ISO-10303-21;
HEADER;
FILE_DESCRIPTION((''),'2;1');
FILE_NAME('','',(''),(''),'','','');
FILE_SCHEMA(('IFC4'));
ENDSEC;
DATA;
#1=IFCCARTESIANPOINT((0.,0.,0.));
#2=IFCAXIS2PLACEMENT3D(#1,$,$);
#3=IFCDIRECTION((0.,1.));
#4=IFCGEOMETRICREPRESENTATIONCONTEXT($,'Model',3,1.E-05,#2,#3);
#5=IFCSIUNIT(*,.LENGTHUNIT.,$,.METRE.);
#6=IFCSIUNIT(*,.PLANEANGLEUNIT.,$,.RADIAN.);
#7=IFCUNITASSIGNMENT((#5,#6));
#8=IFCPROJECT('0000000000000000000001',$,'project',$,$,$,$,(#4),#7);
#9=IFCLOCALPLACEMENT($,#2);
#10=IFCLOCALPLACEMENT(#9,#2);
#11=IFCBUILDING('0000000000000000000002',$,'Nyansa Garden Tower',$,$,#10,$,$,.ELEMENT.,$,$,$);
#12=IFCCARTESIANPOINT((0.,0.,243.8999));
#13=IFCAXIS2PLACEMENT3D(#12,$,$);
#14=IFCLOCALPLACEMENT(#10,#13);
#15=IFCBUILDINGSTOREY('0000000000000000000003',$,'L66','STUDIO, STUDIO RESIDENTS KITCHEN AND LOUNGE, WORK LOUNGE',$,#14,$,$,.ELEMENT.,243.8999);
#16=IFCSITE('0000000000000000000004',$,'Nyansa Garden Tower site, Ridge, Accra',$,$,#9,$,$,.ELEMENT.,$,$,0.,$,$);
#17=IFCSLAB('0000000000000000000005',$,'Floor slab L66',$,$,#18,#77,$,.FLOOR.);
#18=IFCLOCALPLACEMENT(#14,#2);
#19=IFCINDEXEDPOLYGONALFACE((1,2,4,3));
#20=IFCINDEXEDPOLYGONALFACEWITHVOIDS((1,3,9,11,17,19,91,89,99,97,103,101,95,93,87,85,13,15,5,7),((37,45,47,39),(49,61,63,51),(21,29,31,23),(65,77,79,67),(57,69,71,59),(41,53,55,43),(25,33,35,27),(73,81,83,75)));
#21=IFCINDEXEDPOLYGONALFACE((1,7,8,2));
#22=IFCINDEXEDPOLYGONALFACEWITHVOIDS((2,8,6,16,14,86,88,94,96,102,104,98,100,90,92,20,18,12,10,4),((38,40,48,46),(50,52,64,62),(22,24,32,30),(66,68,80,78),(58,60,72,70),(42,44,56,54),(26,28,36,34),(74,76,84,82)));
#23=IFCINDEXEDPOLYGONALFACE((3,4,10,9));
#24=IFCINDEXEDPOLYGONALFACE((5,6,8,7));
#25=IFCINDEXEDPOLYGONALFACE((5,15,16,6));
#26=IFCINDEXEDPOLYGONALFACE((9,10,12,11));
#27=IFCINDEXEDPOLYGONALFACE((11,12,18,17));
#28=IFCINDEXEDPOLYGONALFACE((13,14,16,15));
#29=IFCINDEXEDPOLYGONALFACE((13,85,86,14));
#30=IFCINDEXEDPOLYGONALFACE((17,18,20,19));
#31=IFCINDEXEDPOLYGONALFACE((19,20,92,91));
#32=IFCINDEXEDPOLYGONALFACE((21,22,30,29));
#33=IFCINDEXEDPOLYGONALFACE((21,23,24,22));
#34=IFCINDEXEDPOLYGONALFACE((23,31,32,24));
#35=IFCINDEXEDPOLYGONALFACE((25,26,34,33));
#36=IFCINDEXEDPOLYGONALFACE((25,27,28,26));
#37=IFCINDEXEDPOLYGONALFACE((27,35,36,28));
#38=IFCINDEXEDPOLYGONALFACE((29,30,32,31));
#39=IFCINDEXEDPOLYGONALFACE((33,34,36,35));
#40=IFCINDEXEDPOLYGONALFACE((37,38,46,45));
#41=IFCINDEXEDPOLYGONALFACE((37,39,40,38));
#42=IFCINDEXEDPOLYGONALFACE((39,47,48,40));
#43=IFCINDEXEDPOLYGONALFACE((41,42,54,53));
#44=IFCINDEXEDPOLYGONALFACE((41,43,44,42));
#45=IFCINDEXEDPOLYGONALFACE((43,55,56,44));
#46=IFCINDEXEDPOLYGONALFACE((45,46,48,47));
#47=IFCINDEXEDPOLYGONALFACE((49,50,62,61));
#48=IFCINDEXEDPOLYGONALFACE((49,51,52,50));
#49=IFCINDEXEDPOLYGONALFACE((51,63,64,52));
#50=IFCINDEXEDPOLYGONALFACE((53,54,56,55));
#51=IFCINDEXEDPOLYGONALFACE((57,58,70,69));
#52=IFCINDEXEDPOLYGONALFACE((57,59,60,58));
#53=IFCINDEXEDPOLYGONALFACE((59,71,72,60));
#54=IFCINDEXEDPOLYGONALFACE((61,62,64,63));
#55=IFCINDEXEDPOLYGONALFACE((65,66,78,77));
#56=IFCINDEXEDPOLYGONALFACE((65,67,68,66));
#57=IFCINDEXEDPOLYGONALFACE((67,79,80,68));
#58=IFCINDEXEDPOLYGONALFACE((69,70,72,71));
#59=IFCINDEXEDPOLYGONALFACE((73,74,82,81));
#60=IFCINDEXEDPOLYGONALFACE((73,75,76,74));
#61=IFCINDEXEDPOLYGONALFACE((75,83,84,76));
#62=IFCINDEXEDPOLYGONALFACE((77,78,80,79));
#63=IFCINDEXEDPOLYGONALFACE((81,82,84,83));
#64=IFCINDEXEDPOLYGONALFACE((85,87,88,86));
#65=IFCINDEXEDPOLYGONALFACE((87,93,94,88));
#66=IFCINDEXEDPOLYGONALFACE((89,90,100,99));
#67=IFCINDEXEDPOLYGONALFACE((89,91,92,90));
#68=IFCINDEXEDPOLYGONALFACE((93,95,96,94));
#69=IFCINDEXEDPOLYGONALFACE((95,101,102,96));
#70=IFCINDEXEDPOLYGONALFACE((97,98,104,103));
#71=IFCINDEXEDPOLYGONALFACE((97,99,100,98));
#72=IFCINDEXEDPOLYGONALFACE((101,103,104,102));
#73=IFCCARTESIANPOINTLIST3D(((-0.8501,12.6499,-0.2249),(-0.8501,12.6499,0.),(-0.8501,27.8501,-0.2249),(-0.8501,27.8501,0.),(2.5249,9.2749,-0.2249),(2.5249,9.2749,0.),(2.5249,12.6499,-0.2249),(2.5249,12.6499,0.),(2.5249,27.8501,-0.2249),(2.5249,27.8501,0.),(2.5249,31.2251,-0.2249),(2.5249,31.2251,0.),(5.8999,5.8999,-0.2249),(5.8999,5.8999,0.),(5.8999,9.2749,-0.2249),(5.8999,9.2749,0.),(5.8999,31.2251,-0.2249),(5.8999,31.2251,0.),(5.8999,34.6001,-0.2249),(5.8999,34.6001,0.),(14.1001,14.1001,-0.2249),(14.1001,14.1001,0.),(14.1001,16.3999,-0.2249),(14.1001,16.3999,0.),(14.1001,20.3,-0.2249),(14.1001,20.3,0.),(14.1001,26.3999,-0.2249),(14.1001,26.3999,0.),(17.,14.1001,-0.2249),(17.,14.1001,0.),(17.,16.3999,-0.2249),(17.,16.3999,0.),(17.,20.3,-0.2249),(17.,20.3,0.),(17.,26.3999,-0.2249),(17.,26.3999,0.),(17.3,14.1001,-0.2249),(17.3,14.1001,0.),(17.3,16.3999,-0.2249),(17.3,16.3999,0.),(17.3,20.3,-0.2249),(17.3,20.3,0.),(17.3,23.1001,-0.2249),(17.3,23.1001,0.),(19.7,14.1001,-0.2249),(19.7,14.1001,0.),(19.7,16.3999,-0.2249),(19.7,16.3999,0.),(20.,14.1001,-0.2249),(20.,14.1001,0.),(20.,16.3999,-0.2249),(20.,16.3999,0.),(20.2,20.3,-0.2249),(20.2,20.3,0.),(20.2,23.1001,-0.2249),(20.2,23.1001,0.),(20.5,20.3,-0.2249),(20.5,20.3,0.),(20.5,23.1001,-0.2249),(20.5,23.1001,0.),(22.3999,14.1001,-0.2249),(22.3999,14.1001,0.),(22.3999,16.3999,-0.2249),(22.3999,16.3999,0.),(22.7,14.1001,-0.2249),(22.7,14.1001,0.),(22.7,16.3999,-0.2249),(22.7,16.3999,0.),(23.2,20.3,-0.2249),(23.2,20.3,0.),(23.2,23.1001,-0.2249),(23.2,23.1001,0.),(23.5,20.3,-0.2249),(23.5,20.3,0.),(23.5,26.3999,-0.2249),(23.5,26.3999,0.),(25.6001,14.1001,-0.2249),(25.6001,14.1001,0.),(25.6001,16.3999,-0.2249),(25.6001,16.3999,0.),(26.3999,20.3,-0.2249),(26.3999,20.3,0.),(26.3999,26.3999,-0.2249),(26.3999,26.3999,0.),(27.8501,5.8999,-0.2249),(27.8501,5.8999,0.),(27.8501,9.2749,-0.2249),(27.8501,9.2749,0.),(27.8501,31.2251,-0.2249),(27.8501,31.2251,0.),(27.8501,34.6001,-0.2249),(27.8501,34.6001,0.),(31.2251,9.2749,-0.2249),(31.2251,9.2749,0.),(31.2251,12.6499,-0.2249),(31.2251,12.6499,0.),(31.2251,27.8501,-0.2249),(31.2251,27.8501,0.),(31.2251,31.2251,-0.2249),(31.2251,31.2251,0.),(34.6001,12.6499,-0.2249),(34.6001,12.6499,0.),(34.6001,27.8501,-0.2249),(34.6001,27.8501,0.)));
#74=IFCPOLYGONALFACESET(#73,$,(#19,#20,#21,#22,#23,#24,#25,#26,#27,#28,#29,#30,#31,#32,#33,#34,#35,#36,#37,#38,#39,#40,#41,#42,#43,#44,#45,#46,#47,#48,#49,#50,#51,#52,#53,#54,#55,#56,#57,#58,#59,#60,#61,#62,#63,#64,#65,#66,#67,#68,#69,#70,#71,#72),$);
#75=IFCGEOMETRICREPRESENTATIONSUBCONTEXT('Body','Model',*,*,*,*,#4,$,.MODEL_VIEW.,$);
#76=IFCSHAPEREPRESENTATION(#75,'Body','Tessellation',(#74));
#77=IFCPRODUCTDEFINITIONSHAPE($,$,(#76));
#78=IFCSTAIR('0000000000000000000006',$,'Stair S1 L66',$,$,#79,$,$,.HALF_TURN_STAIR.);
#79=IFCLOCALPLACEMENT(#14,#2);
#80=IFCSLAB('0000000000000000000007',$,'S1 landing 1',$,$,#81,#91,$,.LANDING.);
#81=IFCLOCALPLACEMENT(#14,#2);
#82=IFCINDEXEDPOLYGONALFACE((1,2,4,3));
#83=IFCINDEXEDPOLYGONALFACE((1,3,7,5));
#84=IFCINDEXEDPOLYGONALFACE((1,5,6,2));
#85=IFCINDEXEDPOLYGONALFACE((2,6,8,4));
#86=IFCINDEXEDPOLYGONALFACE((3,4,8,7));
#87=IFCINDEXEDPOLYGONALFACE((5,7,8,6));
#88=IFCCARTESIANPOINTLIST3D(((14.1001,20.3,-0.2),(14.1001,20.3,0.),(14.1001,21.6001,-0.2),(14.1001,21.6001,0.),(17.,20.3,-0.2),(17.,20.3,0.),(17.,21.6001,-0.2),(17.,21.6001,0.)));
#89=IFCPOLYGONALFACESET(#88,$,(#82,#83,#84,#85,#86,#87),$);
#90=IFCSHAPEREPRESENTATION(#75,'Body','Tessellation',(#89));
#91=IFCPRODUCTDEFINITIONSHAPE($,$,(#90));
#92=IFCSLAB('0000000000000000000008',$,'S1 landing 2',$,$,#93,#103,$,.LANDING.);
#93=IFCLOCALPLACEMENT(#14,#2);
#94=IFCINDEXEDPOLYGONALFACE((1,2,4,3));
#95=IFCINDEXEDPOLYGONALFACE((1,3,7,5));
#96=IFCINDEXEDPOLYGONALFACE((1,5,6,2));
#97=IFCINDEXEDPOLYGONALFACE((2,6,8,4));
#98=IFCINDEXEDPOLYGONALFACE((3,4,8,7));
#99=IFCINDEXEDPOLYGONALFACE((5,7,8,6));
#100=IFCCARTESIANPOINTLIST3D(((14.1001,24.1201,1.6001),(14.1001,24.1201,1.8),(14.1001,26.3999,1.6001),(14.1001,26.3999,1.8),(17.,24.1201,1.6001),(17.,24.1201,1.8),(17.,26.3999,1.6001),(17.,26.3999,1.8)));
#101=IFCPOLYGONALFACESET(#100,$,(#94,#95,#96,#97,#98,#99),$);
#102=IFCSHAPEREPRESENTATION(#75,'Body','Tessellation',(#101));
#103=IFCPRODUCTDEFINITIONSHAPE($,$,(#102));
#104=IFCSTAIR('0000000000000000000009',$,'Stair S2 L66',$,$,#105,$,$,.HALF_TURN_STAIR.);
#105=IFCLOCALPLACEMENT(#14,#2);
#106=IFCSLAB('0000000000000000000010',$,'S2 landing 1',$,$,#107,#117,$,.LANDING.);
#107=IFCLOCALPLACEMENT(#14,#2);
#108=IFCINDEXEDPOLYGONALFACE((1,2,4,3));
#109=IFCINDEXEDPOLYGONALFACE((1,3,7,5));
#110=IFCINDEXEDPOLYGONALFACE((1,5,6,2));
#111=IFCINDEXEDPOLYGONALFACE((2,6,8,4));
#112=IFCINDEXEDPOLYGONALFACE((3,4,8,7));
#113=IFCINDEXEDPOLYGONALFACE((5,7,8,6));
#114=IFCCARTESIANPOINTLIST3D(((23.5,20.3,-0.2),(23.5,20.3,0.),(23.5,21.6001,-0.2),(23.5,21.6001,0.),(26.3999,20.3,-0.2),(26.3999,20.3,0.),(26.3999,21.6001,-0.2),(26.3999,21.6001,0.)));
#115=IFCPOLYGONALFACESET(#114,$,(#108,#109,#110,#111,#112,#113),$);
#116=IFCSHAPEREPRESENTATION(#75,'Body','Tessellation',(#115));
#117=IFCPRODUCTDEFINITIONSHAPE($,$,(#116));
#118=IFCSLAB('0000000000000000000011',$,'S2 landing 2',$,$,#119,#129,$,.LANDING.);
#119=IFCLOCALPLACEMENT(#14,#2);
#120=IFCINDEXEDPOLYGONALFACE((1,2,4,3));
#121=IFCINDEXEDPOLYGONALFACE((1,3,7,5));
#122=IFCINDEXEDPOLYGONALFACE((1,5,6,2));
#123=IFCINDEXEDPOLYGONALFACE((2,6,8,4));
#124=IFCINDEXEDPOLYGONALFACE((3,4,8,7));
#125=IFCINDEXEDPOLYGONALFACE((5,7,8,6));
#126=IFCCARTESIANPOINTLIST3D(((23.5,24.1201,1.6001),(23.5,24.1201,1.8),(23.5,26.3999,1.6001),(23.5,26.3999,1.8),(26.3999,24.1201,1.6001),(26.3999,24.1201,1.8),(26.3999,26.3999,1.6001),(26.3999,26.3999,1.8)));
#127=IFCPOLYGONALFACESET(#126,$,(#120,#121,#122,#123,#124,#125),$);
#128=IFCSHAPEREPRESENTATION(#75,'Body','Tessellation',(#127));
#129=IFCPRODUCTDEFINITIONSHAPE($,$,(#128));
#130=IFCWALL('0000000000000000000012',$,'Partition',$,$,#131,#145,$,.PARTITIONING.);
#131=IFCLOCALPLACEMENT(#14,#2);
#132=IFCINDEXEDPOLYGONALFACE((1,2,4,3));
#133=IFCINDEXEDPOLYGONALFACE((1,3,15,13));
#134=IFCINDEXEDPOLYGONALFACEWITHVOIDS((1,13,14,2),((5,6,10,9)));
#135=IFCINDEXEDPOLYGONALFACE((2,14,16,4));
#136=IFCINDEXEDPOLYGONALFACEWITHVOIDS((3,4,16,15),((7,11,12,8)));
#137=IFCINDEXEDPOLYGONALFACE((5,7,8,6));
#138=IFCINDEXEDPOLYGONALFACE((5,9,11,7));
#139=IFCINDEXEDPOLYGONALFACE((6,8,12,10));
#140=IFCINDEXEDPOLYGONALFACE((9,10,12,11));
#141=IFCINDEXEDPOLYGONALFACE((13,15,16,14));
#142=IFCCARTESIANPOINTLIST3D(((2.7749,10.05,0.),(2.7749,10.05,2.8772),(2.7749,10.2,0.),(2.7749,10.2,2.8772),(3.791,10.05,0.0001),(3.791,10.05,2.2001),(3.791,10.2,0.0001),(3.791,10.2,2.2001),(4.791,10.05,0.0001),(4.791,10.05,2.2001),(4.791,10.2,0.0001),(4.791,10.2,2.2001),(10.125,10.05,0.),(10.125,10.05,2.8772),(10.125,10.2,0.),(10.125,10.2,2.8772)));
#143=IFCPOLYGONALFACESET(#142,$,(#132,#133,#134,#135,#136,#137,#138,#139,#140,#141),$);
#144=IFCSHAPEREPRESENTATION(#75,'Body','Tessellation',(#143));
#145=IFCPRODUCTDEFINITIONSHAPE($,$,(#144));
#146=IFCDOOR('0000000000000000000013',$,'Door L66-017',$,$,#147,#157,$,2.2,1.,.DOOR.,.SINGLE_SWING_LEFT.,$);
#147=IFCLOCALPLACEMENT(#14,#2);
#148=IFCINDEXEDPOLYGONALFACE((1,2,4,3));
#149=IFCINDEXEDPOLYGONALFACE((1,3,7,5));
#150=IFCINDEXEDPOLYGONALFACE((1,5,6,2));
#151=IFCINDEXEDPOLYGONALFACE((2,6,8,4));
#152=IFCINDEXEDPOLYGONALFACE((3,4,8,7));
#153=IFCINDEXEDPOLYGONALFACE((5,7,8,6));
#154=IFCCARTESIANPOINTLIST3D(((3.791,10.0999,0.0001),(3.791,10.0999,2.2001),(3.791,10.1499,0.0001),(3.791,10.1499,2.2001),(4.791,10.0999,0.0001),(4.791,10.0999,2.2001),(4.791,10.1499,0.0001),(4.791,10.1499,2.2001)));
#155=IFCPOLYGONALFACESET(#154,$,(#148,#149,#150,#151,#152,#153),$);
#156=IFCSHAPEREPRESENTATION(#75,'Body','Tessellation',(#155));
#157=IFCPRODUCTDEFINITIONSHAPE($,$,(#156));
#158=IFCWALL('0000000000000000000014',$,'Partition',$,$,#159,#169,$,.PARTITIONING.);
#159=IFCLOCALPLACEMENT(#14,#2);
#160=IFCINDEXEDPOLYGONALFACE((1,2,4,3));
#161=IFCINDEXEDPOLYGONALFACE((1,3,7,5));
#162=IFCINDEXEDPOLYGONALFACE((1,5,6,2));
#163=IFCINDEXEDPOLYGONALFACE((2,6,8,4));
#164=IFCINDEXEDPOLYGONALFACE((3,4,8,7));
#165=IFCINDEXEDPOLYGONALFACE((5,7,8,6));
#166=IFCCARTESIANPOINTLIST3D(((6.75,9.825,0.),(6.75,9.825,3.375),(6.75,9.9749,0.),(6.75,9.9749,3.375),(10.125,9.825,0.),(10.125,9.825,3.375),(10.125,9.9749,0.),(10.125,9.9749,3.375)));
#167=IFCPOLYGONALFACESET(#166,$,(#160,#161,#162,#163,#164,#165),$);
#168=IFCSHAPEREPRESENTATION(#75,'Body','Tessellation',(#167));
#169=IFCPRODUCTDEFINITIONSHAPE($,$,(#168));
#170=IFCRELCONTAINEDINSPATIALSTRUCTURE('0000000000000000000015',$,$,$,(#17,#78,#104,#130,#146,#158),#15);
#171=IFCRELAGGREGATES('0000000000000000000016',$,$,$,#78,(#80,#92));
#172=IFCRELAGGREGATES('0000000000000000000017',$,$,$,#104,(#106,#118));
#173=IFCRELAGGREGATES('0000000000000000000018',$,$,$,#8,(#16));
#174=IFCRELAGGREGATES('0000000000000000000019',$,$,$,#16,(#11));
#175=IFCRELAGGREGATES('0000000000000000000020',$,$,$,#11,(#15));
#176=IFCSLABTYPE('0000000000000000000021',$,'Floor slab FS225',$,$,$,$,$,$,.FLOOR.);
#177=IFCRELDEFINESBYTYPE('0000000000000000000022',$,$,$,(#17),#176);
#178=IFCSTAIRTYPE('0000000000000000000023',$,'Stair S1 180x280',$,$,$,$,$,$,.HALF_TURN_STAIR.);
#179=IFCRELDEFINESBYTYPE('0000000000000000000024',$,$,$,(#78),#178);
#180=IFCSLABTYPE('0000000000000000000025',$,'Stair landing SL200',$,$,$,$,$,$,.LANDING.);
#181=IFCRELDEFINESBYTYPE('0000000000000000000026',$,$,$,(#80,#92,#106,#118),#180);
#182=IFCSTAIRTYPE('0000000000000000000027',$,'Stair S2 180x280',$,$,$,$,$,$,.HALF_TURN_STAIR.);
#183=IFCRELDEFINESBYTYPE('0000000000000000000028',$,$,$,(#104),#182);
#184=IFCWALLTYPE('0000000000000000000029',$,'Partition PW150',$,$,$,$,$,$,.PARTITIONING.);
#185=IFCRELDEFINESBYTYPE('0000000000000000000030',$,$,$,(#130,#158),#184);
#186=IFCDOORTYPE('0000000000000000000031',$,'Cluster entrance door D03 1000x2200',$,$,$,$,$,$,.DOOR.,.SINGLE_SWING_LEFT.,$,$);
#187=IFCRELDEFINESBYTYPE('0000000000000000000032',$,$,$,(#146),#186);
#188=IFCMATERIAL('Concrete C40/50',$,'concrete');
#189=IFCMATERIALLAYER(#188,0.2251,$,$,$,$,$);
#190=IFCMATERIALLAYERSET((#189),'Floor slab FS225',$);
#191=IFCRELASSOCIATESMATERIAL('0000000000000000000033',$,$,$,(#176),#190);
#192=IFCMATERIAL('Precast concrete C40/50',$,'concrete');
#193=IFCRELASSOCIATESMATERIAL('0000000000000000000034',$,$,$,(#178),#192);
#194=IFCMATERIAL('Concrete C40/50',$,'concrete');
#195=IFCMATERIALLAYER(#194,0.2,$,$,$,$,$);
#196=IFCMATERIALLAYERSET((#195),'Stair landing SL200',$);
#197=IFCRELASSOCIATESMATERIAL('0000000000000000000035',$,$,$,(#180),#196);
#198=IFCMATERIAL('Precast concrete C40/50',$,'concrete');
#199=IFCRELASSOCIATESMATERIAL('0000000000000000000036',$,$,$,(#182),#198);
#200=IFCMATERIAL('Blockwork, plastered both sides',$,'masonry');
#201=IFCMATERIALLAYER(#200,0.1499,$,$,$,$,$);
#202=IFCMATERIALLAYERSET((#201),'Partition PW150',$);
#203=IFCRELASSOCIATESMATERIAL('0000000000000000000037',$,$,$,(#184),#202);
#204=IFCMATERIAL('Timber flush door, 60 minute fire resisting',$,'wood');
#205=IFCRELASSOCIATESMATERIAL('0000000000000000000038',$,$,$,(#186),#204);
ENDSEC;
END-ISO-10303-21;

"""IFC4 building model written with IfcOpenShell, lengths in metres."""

from ifc_helpers import new_model, si_unit, direction, frame, frame_2d, origin, place, context, subcontext, project, spatial, polyline, rectangle, outline, extrude, material, layer, layer_set, type_object, element, fill, aggregate, save


model = new_model("IFC4")

# Units and contexts
model_context = context("Model", 3, precision=1e-05, world=origin(), true_north=direction((0.0, 1.0)))
body_context = subcontext(model_context, "Body", "Model", "MODEL_VIEW")
ifc_project = project(units=[si_unit("LENGTHUNIT", "METRE"), si_unit("PLANEANGLEUNIT", "RADIAN")], contexts=[model_context])

# Site, building, storey
site_placement = place(None, origin())
site = spatial("IfcSite", under=ifc_project, at=site_placement, Name="Nyansa Garden Tower site, Ridge, Accra", CompositionType="ELEMENT", RefElevation=0.0)
building_placement = place(site_placement, origin())
building = spatial("IfcBuilding", under=site, at=building_placement, Name="Nyansa Garden Tower", CompositionType="ELEMENT")
storey_placement = place(building_placement, frame((0.0, 0.0, 243.8999)))
storey = spatial("IfcBuildingStorey", under=building, at=storey_placement, Name="L66", Description="STUDIO, STUDIO RESIDENTS KITCHEN AND LOUNGE, WORK LOUNGE", CompositionType="ELEMENT", Elevation=243.8999)

# Slab
ifc_material_1 = material(Name="Concrete C40/50", Category="concrete")
ifc_layer_1 = layer(ifc_material_1, 0.2251)
ifc_layer_set_1 = layer_set([ifc_layer_1], Name="Floor slab FS225")
slab_type_1 = type_object("IfcSlabType", Name="Floor slab FS225", PredefinedType="FLOOR", material=ifc_layer_set_1)
slab_1_placement = place(storey_placement, frame((0.0, 0.0, -0.2249)))
element("IfcSlab", 1, at=slab_1_placement, inside=storey, type_object=slab_type_1, Name="Floor slab L66", PredefinedType="FLOOR", context=body_context, shape_type="SweptSolid", body=[
    extrude(outline(polyline([(34.6001, 12.6499), (31.2251, 12.6499), (31.2251, 9.2749), (27.8501, 9.2749), (27.8501, 5.8999), (5.8999, 5.8999), (5.8999, 9.2749), (2.5249, 9.2749), (2.5249, 12.6499), (-0.8501, 12.6499), (-0.8501, 27.8501), (2.5249, 27.8501), (2.5249, 31.2251), (5.8999, 31.2251), (5.8999, 34.6001), (27.8501, 34.6001), (27.8501, 31.2251), (31.2251, 31.2251), (31.2251, 27.8501), (34.6001, 27.8501), (34.6001, 12.6499)]), holes=[polyline([(14.1001, 14.1001), (17.0, 14.1001), (17.0, 16.3999), (14.1001, 16.3999), (14.1001, 14.1001)]), polyline([(17.3, 14.1001), (19.7, 14.1001), (19.7, 16.3999), (17.3, 16.3999), (17.3, 14.1001)]), polyline([(20.0, 14.1001), (22.3999, 14.1001), (22.3999, 16.3999), (20.0, 16.3999), (20.0, 14.1001)]), polyline([(22.7, 14.1001), (25.6001, 14.1001), (25.6001, 16.3999), (22.7, 16.3999), (22.7, 14.1001)]), polyline([(17.3, 20.3), (20.2, 20.3), (20.2, 23.1001), (17.3, 23.1001), (17.3, 20.3)]), polyline([(20.5, 20.3), (23.2, 20.3), (23.2, 23.1001), (20.5, 23.1001), (20.5, 20.3)]), polyline([(14.1001, 20.3), (17.0, 20.3), (17.0, 26.3999), (14.1001, 26.3999), (14.1001, 20.3)]), polyline([(23.5, 20.3), (26.3999, 20.3), (26.3999, 26.3999), (23.5, 26.3999), (23.5, 20.3)])]), origin(), (0.0, 0.0, 1.0), 0.2249),
])

# Stairs, slabs
ifc_material_2 = material(Name="Precast concrete C40/50", Category="concrete")
stair_type_1 = type_object("IfcStairType", Name="Stair S1 180x280", PredefinedType="HALF_TURN_STAIR", material=ifc_material_2)
stair_1_placement = place(storey_placement, origin())
stair_1 = element("IfcStair", 2, at=stair_1_placement, inside=storey, type_object=stair_type_1, Name="Stair S1 L66", PredefinedType="HALF_TURN_STAIR")
ifc_material_3 = material(Name="Concrete C40/50", Category="concrete")
ifc_layer_2 = layer(ifc_material_3, 0.2)
ifc_layer_set_2 = layer_set([ifc_layer_2], Name="Stair landing SL200")
slab_type_2 = type_object("IfcSlabType", Name="Stair landing SL200", PredefinedType="LANDING", material=ifc_layer_set_2)
slab_2_placement = place(storey_placement, frame((0.0, 0.0, -0.2)))
slab_2 = element("IfcSlab", 3, at=slab_2_placement, type_object=slab_type_2, Name="S1 landing 1", PredefinedType="LANDING", context=body_context, shape_type="SweptSolid", body=[
    extrude(outline(polyline([(14.1001, 20.3), (17.0, 20.3), (17.0, 21.6001), (14.1001, 21.6001), (14.1001, 20.3)])), origin(), (0.0, 0.0, 1.0), 0.2),
])
slab_3_placement = place(storey_placement, frame((0.0, 0.0, 1.6001)))
slab_3 = element("IfcSlab", 4, at=slab_3_placement, type_object=slab_type_2, Name="S1 landing 2", PredefinedType="LANDING", context=body_context, shape_type="SweptSolid", body=[
    extrude(outline(polyline([(14.1001, 24.1201), (17.0, 24.1201), (17.0, 26.3999), (14.1001, 26.3999), (14.1001, 24.1201)])), origin(), (0.0, 0.0, 1.0), 0.2),
])
aggregate(stair_1, [slab_2, slab_3])
ifc_material_4 = material(Name="Precast concrete C40/50", Category="concrete")
stair_type_2 = type_object("IfcStairType", Name="Stair S2 180x280", PredefinedType="HALF_TURN_STAIR", material=ifc_material_4)
stair_2_placement = place(storey_placement, origin())
stair_2 = element("IfcStair", 5, at=stair_2_placement, inside=storey, type_object=stair_type_2, Name="Stair S2 L66", PredefinedType="HALF_TURN_STAIR")
slab_4_placement = place(storey_placement, frame((0.0, 0.0, -0.2)))
slab_4 = element("IfcSlab", 6, at=slab_4_placement, type_object=slab_type_2, Name="S2 landing 1", PredefinedType="LANDING", context=body_context, shape_type="SweptSolid", body=[
    extrude(outline(polyline([(23.5, 20.3), (26.3999, 20.3), (26.3999, 21.6001), (23.5, 21.6001), (23.5, 20.3)])), origin(), (0.0, 0.0, 1.0), 0.2),
])
slab_5_placement = place(storey_placement, frame((0.0, 0.0, 1.6001)))
slab_5 = element("IfcSlab", 7, at=slab_5_placement, type_object=slab_type_2, Name="S2 landing 2", PredefinedType="LANDING", context=body_context, shape_type="SweptSolid", body=[
    extrude(outline(polyline([(23.5, 24.1201), (26.3999, 24.1201), (26.3999, 26.3999), (23.5, 26.3999), (23.5, 24.1201)])), origin(), (0.0, 0.0, 1.0), 0.2),
])
aggregate(stair_2, [slab_4, slab_5])

# Wall, opening, door
ifc_material_5 = material(Name="Blockwork, plastered both sides", Category="masonry")
ifc_layer_3 = layer(ifc_material_5, 0.1499)
ifc_layer_set_3 = layer_set([ifc_layer_3], Name="Partition PW150")
wall_type_1 = type_object("IfcWallType", Name="Partition PW150", PredefinedType="PARTITIONING", material=ifc_layer_set_3)
wall_1_placement = place(storey_placement, frame((2.7749, 10.125, 0.0), z_axis=(0.0, 0.0, 1.0), x_axis=(1.0, 0.0, 0.0)))
wall_1 = element("IfcWall", 8, at=wall_1_placement, inside=storey, type_object=wall_type_1, Name="Partition", PredefinedType="PARTITIONING", context=body_context, shape_type="SweptSolid", body=[
    extrude(rectangle(XDim=7.3501, YDim=0.1499, at=frame_2d((3.675, 0.0))), origin(), (0.0, 0.0, 1.0), 2.8772),
])
opening_1_placement = place(wall_1_placement, frame((1.0161, 0.0, 0.0)))
opening_1 = element("IfcOpeningElement", 9, at=opening_1_placement, cuts=wall_1, PredefinedType="OPENING", context=body_context, shape_type="SweptSolid", body=[
    extrude(rectangle(XDim=1.0, YDim=2.2, at=frame_2d((0.5, 1.1001))), frame((0.0, 0.085, 0.0), z_axis=(0.0, -1.0, 0.0), x_axis=(1.0, 0.0, 0.0)), (0.0, 0.0, 1.0), 0.1699),
])
ifc_material_6 = material(Name="Timber flush door, 60 minute fire resisting", Category="wood")
door_type = type_object("IfcDoorType", Name="Cluster entrance door D03 1000x2200", OperationType="SINGLE_SWING_LEFT", PredefinedType="DOOR", material=ifc_material_6)
door_placement = place(opening_1_placement, origin())
door = element("IfcDoor", 10, at=door_placement, inside=storey, type_object=door_type, Name="Door L66-017", OperationType="SINGLE_SWING_LEFT", OverallHeight=2.2, OverallWidth=1.0, PredefinedType="DOOR", context=body_context, shape_type="SweptSolid", body=[
    extrude(rectangle(XDim=1.0, YDim=2.2, at=frame_2d((0.5, 1.1001))), frame((0.0, 0.0249, 0.0), z_axis=(0.0, -1.0, 0.0), x_axis=(1.0, 0.0, 0.0)), (0.0, 0.0, 1.0), 0.05),
])
fill(opening_1, door)

# Wall
wall_2_placement = place(storey_placement, frame((6.75, 9.8999, 0.0), z_axis=(0.0, 0.0, 1.0), x_axis=(1.0, 0.0, 0.0)))
element("IfcWall", 11, at=wall_2_placement, inside=storey, type_object=wall_type_1, Name="Partition", PredefinedType="PARTITIONING", context=body_context, shape_type="SweptSolid", body=[
    extrude(rectangle(XDim=3.375, YDim=0.1499, at=frame_2d((1.6875, 0.0))), origin(), (0.0, 0.0, 1.0), 3.375),
])

save(model, "model.ifc")
